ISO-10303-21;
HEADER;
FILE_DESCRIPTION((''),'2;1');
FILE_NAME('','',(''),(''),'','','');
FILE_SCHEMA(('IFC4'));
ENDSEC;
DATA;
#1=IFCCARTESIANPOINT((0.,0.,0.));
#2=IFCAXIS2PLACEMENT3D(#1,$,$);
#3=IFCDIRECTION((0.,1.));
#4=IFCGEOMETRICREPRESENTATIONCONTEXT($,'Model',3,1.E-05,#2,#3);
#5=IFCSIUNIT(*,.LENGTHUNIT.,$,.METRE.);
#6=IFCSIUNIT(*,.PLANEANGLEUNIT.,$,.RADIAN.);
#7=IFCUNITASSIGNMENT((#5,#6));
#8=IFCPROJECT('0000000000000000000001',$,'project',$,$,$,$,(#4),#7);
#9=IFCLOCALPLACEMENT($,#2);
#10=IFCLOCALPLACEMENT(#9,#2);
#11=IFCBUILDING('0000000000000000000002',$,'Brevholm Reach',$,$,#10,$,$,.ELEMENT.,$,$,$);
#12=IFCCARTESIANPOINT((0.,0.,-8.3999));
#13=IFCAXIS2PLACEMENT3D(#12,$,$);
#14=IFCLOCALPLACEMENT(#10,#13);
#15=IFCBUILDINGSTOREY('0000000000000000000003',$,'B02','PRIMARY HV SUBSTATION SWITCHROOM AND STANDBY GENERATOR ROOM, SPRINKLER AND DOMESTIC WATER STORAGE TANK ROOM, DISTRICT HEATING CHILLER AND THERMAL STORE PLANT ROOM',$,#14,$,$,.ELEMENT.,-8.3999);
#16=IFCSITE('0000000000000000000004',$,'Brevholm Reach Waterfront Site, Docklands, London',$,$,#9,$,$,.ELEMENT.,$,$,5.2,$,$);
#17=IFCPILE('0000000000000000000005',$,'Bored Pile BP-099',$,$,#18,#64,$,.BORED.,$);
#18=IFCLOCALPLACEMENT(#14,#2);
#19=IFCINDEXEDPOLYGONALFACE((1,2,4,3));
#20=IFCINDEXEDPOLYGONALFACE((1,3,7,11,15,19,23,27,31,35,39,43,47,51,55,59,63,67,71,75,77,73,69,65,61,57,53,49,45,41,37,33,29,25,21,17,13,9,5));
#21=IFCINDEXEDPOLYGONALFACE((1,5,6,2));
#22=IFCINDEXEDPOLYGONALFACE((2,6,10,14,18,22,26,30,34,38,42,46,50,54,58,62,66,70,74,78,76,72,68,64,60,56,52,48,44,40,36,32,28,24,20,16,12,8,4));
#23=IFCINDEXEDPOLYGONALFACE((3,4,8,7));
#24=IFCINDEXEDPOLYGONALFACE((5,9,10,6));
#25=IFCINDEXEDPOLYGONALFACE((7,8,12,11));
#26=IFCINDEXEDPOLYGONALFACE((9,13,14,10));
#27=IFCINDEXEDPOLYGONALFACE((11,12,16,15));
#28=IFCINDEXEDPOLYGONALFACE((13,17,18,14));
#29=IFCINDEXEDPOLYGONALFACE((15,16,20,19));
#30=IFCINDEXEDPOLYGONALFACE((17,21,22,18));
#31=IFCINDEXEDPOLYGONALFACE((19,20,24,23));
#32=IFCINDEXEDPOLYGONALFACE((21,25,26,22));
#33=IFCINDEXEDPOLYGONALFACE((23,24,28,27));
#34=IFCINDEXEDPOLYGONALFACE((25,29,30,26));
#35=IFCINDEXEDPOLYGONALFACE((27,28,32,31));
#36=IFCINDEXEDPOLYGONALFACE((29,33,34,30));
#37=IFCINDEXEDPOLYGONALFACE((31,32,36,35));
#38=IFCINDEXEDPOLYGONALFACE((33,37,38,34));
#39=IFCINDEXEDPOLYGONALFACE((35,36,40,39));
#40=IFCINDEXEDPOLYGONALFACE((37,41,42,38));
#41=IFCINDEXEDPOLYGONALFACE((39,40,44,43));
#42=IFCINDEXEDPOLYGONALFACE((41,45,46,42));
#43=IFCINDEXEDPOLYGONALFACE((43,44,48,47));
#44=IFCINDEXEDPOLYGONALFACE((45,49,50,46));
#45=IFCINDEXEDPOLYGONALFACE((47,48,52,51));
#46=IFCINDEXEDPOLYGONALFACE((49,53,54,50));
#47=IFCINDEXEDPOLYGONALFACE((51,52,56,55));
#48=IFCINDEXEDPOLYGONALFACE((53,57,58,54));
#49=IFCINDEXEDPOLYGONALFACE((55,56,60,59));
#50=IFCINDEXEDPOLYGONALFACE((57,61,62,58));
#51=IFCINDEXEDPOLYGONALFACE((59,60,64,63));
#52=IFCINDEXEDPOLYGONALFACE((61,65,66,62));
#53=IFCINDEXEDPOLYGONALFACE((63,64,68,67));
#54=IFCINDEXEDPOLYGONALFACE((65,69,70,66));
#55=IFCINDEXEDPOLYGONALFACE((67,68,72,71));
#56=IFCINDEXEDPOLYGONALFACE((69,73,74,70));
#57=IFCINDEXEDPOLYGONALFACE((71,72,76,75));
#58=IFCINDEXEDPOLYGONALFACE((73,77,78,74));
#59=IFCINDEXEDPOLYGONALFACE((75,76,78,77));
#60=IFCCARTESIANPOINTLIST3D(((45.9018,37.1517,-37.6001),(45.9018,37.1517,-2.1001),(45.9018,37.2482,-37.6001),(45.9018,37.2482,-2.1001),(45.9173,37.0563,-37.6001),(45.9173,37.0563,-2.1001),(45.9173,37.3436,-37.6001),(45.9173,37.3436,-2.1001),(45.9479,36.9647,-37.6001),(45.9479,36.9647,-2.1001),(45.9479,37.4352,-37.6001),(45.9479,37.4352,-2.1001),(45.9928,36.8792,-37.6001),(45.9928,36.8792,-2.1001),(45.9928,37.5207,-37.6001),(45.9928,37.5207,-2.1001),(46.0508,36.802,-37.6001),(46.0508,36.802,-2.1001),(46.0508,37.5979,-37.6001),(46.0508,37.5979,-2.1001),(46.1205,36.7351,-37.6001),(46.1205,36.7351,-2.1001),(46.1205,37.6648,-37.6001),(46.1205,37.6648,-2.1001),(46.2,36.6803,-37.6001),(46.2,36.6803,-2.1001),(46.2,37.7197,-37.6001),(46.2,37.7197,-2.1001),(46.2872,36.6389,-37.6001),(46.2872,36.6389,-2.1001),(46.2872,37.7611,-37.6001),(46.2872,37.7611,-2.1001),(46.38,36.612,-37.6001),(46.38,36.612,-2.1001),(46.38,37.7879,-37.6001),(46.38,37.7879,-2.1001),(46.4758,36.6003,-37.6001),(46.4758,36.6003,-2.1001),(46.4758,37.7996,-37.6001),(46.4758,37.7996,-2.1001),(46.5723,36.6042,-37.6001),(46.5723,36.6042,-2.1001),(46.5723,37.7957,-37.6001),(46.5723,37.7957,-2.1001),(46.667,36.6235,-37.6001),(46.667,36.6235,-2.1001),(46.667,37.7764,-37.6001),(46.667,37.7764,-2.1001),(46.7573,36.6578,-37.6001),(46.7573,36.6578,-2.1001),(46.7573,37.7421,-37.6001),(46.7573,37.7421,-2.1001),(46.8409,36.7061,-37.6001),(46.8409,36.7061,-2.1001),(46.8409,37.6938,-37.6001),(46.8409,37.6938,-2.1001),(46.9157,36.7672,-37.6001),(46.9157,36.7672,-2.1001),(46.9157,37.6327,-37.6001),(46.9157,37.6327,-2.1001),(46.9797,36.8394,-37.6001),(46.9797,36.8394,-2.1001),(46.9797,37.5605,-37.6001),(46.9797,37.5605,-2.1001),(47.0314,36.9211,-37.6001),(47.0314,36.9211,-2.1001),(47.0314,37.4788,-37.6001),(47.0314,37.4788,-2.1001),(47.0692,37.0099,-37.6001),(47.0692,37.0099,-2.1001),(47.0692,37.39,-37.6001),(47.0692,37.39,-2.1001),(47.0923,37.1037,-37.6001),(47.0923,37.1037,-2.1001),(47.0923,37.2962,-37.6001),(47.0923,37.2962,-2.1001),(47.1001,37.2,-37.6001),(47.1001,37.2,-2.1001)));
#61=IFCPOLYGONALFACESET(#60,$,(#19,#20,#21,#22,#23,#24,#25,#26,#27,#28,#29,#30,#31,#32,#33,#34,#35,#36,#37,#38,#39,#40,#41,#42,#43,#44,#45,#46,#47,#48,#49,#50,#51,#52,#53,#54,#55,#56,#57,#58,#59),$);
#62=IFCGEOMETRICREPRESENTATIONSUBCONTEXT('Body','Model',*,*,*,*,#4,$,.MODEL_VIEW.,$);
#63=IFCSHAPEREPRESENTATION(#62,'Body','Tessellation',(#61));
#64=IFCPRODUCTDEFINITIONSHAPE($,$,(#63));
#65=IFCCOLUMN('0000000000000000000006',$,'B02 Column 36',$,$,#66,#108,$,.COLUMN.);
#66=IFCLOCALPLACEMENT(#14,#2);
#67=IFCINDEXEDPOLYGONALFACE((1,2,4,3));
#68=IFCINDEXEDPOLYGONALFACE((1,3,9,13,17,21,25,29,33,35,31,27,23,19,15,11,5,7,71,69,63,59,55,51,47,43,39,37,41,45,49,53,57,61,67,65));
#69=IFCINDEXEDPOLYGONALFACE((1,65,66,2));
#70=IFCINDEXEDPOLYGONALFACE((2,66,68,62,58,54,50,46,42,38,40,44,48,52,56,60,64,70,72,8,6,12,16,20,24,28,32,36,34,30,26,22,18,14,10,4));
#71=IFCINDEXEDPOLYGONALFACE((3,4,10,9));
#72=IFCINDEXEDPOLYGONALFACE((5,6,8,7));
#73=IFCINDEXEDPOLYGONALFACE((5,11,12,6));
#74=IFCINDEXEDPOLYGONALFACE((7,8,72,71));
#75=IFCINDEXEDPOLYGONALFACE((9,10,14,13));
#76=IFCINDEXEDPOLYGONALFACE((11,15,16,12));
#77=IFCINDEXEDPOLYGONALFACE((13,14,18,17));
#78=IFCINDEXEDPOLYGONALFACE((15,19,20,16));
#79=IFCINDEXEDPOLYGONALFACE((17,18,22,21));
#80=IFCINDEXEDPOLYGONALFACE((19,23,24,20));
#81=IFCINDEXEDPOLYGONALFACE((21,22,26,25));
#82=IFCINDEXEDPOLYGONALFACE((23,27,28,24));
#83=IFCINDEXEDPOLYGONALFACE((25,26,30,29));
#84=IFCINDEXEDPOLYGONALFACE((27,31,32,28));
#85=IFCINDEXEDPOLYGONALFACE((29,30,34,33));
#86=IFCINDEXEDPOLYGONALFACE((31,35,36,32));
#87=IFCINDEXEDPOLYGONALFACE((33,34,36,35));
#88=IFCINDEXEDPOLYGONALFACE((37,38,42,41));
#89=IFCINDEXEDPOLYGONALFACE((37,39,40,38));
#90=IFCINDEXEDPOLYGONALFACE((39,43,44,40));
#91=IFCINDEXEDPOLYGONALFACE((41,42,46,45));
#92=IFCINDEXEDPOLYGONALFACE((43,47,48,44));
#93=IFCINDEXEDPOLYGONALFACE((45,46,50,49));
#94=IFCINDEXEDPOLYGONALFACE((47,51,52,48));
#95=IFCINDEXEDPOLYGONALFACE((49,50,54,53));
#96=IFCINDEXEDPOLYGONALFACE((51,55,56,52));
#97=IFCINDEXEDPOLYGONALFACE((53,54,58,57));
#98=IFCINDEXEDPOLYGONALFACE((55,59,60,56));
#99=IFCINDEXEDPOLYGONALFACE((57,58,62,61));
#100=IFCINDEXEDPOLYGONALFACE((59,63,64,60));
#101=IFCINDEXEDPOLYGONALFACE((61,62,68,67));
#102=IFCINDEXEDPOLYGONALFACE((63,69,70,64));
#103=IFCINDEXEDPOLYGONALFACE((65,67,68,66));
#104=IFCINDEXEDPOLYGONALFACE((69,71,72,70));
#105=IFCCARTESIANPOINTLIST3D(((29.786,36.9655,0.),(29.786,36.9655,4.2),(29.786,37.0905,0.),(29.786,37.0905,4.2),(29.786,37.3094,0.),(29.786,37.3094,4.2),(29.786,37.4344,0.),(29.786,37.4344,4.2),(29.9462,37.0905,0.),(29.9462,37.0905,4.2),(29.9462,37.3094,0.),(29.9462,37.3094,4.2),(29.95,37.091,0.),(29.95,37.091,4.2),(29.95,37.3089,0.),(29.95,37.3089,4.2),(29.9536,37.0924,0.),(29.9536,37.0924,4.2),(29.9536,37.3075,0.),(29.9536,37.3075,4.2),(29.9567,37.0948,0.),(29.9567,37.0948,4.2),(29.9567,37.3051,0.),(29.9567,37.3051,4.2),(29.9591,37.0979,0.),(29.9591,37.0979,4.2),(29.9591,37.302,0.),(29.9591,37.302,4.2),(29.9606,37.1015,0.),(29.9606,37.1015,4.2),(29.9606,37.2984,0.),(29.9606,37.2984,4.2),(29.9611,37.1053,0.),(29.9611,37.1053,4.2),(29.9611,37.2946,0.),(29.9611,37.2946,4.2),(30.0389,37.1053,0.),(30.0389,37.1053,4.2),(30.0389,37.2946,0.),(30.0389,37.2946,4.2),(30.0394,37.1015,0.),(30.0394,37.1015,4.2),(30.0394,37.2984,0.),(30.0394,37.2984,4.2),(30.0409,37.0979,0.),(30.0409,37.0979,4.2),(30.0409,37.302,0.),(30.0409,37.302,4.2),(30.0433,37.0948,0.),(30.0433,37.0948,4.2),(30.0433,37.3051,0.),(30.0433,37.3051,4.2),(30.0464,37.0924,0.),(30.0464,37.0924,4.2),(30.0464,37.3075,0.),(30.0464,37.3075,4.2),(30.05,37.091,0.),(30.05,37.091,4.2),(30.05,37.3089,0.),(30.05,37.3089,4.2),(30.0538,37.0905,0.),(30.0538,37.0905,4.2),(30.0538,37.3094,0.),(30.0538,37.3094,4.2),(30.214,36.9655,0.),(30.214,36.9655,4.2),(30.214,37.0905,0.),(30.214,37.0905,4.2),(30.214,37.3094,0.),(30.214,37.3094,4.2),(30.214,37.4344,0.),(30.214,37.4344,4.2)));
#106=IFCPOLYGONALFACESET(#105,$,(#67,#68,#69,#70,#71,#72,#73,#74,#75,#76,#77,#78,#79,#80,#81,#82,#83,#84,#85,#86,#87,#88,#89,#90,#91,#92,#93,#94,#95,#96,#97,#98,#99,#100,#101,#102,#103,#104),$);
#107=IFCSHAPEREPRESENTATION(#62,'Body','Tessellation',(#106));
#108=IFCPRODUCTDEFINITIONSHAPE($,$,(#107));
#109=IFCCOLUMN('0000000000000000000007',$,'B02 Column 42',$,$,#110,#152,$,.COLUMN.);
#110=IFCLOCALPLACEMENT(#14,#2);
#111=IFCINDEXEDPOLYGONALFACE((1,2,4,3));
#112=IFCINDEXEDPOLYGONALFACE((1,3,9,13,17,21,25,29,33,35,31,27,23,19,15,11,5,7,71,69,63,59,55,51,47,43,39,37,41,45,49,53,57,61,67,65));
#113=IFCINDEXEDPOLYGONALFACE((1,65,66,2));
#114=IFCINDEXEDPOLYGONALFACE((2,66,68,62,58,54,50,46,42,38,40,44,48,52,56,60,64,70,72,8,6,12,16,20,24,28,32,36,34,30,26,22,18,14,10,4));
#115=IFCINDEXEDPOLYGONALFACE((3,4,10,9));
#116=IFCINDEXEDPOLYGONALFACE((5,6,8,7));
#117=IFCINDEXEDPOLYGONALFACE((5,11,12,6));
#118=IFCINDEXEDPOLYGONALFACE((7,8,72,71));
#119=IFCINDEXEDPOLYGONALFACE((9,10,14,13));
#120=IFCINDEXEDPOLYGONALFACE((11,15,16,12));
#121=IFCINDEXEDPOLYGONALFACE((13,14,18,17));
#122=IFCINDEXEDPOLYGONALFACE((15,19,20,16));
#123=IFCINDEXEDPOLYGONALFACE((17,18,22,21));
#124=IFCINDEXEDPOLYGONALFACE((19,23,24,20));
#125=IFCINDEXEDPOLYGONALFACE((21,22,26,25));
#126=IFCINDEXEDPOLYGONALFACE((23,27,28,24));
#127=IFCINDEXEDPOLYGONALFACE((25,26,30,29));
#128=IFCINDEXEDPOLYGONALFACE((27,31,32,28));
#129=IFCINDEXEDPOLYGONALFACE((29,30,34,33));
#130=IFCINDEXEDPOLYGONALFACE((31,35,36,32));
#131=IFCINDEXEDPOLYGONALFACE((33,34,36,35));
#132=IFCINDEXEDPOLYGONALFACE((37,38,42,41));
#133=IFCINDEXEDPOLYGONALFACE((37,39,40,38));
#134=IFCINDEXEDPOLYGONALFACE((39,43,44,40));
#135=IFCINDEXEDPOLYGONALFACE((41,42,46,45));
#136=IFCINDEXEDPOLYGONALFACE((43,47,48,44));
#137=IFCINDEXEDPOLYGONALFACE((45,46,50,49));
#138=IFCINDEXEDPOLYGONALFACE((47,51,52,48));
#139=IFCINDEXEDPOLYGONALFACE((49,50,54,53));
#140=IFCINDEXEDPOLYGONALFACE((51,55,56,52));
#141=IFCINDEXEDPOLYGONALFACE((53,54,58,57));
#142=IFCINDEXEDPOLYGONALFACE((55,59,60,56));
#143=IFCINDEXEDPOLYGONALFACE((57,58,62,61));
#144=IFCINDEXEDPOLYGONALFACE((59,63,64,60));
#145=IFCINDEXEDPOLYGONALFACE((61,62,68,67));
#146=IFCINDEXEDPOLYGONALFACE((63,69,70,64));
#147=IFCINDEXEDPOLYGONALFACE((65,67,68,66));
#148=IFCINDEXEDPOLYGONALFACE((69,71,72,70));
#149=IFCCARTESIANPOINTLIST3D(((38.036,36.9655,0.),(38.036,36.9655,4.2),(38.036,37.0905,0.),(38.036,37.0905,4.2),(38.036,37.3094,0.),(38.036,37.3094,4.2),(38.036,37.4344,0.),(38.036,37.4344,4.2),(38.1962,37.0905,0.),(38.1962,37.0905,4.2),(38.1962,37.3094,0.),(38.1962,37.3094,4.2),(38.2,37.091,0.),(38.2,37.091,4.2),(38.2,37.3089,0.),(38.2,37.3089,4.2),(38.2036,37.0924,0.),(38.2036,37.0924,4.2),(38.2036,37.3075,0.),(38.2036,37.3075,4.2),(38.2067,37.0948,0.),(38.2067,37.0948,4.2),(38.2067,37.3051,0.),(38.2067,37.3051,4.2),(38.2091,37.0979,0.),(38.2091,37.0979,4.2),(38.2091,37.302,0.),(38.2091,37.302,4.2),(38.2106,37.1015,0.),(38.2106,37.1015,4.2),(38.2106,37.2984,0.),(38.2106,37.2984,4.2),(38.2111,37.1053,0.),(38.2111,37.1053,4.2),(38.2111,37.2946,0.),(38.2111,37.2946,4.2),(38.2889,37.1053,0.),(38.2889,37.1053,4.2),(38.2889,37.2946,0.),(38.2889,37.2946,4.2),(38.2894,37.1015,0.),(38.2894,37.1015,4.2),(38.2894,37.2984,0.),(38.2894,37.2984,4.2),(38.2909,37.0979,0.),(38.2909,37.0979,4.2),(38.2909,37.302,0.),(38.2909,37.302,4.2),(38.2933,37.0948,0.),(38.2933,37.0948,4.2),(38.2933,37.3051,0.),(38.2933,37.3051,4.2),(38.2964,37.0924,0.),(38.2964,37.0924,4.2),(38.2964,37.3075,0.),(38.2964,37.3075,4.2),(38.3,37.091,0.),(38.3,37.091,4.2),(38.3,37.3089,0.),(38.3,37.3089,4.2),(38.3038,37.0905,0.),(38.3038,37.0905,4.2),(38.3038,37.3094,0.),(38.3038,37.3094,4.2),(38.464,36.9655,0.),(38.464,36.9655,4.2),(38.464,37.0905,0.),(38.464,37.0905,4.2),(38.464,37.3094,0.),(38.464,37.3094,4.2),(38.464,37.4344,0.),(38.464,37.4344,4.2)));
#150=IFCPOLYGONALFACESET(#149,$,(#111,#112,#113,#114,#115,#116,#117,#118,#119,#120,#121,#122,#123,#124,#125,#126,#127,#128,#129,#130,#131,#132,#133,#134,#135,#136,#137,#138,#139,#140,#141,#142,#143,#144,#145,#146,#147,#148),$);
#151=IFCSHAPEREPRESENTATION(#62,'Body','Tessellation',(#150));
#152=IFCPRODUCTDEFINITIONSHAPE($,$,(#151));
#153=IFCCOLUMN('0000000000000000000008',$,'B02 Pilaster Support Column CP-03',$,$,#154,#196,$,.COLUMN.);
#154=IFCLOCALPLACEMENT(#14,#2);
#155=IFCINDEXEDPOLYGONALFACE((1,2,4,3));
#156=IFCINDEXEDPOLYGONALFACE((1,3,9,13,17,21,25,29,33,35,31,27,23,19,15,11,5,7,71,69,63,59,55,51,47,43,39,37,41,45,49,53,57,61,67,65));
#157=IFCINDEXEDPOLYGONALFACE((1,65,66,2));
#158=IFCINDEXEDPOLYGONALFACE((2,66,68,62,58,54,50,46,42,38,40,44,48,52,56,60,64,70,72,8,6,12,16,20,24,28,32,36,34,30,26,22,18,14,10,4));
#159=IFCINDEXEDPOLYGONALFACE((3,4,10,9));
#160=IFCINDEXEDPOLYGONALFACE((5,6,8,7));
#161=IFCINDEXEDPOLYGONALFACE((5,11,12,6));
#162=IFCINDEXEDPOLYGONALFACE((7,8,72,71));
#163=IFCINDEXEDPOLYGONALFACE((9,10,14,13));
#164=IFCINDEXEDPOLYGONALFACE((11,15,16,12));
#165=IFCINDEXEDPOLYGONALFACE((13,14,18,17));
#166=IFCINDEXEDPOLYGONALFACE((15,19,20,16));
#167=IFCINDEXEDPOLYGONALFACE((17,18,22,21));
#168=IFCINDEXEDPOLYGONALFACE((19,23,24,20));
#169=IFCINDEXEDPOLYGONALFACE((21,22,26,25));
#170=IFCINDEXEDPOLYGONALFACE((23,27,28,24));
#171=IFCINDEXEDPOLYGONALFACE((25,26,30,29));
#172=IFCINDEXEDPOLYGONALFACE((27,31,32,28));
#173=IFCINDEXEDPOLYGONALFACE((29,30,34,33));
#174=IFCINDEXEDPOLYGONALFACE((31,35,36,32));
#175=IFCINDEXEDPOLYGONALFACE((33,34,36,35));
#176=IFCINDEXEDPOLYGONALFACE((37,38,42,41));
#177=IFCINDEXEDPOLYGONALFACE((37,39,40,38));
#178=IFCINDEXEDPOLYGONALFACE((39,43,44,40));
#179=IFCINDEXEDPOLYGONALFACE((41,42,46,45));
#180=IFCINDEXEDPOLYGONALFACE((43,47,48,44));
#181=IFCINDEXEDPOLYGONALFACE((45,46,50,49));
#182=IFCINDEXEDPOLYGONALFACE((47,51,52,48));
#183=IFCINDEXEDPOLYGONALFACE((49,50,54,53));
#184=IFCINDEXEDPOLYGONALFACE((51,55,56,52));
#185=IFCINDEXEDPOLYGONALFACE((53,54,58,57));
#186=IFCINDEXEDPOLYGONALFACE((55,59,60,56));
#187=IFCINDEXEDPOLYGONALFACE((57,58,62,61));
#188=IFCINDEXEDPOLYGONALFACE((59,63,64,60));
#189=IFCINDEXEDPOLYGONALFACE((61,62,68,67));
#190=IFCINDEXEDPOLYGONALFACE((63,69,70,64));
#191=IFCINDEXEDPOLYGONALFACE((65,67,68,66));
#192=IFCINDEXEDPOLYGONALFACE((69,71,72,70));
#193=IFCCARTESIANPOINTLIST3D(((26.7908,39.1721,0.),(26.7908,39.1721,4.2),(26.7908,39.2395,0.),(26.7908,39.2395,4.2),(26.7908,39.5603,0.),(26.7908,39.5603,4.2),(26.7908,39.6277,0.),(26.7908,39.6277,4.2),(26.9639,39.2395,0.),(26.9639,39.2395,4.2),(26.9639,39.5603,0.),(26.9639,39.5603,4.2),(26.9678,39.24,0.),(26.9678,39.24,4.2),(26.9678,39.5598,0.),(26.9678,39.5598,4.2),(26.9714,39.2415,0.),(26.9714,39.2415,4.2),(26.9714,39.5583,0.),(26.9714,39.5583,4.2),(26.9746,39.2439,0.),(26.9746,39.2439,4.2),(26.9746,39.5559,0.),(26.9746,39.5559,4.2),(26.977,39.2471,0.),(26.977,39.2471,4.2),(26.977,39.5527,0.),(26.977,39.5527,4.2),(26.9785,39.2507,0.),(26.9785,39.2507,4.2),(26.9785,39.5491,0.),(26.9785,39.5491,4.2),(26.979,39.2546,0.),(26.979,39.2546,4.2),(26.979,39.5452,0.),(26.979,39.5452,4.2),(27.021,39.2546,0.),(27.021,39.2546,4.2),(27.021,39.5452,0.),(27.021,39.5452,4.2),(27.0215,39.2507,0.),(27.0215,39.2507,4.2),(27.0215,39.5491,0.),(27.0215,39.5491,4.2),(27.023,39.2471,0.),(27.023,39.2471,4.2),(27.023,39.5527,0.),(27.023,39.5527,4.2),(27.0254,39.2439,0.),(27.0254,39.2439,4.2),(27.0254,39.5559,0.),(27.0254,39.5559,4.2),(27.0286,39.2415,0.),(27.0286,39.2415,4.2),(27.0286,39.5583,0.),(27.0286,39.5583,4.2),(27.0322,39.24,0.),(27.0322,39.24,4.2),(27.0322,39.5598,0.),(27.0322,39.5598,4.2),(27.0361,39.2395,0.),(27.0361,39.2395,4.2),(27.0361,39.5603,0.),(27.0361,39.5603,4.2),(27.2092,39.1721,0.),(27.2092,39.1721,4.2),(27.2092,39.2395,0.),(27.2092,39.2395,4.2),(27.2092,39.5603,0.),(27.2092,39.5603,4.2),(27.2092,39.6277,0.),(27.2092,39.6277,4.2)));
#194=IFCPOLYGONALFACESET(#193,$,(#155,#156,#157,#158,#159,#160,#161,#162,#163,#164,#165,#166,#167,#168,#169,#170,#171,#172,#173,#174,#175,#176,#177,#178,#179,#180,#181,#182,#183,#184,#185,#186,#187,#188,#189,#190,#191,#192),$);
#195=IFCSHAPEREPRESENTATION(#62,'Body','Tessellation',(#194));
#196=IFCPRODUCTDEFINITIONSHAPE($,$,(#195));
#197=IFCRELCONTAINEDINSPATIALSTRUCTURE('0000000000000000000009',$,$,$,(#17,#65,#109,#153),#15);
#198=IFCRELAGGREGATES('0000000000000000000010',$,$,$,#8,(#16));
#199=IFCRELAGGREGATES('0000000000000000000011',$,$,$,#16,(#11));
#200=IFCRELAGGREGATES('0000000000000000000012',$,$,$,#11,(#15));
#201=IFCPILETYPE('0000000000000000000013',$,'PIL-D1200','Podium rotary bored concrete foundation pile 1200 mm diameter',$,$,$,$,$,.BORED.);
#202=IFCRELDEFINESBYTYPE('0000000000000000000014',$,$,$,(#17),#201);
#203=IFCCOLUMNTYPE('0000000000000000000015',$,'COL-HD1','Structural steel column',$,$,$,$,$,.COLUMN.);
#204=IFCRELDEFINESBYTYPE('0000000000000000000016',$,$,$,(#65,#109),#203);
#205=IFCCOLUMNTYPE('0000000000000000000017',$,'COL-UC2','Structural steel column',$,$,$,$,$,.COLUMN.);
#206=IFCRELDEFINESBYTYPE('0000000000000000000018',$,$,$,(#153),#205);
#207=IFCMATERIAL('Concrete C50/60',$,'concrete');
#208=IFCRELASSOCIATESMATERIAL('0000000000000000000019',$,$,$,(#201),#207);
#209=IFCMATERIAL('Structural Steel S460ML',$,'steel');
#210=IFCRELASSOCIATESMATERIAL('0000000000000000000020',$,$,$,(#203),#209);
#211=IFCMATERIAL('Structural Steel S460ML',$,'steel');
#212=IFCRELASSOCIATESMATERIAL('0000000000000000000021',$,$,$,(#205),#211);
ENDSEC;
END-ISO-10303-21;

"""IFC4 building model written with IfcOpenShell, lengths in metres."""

from ifc_helpers import new_model, si_unit, direction, frame, origin, origin_2d, place, context, subcontext, project, spatial, circle, i_section, extrude, material, material_profile, profile_set, type_object, element, save


model = new_model("IFC4")

# Units and contexts
model_context = context("Model", 3, precision=1e-05, world=origin(), true_north=direction((0.0, 1.0)))
body_context = subcontext(model_context, "Body", "Model", "MODEL_VIEW")
ifc_project = project(units=[si_unit("LENGTHUNIT", "METRE"), si_unit("PLANEANGLEUNIT", "RADIAN")], contexts=[model_context])

# Site, building, storey
site_placement = place(None, origin())
site = spatial("IfcSite", under=ifc_project, at=site_placement, Name="Brevholm Reach Waterfront Site, Docklands, London", CompositionType="ELEMENT", RefElevation=5.2)
building_placement = place(site_placement, origin())
building = spatial("IfcBuilding", under=site, at=building_placement, Name="Brevholm Reach", CompositionType="ELEMENT")
storey_placement = place(building_placement, frame((0.0, 0.0, -8.3999)))
storey = spatial("IfcBuildingStorey", under=building, at=storey_placement, Name="B02", Description="PRIMARY HV SUBSTATION SWITCHROOM AND STANDBY GENERATOR ROOM, SPRINKLER AND DOMESTIC WATER STORAGE TANK ROOM, DISTRICT HEATING CHILLER AND THERMAL STORE PLANT ROOM", CompositionType="ELEMENT", Elevation=-8.3999)

# Pile
ifc_material_1 = material(Name="Concrete C50/60", Category="concrete")
ifc_material_profile_1 = material_profile(ifc_material_1, circle(Radius=0.6001, at=origin_2d()), Name="PILE D1200")
ifc_profile_set_1 = profile_set([ifc_material_profile_1], Name="Concrete C50/60")
pile_type = type_object("IfcPileType", Name="PIL-D1200", Description="Podium rotary bored concrete foundation pile 1200 mm diameter", PredefinedType="BORED", material=ifc_profile_set_1)
for number, where, z_axis, x_axis, name in (
    (1, (46.5, 37.2, -2.1001), (0.0, 0.0, -1.0), (1.0, 0.0, 0.0), "Bored Pile BP-099"),
):
    element("IfcPile", number, at=place(storey_placement, frame(where, z_axis=z_axis, x_axis=x_axis)), inside=storey, type_object=pile_type, Name=name, PredefinedType="BORED", context=body_context, shape_type="SweptSolid", body=[
        extrude(circle(Radius=0.6001, at=origin_2d()), origin(), (0.0, 0.0, 1.0), 35.5),
    ])

# Columns
ifc_material_2 = material(Name="Structural Steel S460ML", Category="steel")
ifc_material_profile_2 = material_profile(ifc_material_2, i_section(OverallWidth=0.428, OverallDepth=0.469, WebThickness=0.0779, FlangeThickness=0.125, FilletRadius=0.0149, at=origin_2d()), Name="HD 400x1086")
ifc_profile_set_2 = profile_set([ifc_material_profile_2], Name="Structural Steel S460ML")
column_type_1 = type_object("IfcColumnType", Name="COL-HD1", Description="Structural steel column", PredefinedType="COLUMN", material=ifc_profile_set_2)
for number, where, z_axis, x_axis, name in (
    (2, (30.0, 37.2, 0.0), (0.0, 0.0, 1.0), (1.0, 0.0, 0.0), "B02 Column 36"),
    (3, (38.25, 37.2, 0.0), (0.0, 0.0, 1.0), (1.0, 0.0, 0.0), "B02 Column 42"),
):
    element("IfcColumn", number, at=place(storey_placement, frame(where, z_axis=z_axis, x_axis=x_axis)), inside=storey, type_object=column_type_1, Name=name, PredefinedType="COLUMN", context=body_context, shape_type="SweptSolid", body=[
        extrude(i_section(OverallWidth=0.428, OverallDepth=0.469, WebThickness=0.0779, FlangeThickness=0.125, FilletRadius=0.0149, at=origin_2d()), origin(), (0.0, 0.0, 1.0), 4.2),
    ])
ifc_material_3 = material(Name="Structural Steel S460ML", Category="steel")
ifc_material_profile_3 = material_profile(ifc_material_3, i_section(OverallWidth=0.4185, OverallDepth=0.4556, WebThickness=0.042, FlangeThickness=0.0674, FilletRadius=0.0151, at=origin_2d()), Name="UKC 356x406x551")
ifc_profile_set_3 = profile_set([ifc_material_profile_3], Name="Structural Steel S460ML")
column_type_2 = type_object("IfcColumnType", Name="COL-UC2", Description="Structural steel column", PredefinedType="COLUMN", material=ifc_profile_set_3)
for number, where, z_axis, x_axis, name in (
    (4, (27.0, 39.3999, 0.0), (0.0, 0.0, 1.0), (1.0, 0.0, 0.0), "B02 Pilaster Support Column CP-03"),
):
    element("IfcColumn", number, at=place(storey_placement, frame(where, z_axis=z_axis, x_axis=x_axis)), inside=storey, type_object=column_type_2, Name=name, PredefinedType="COLUMN", context=body_context, shape_type="SweptSolid", body=[
        extrude(i_section(OverallWidth=0.4185, OverallDepth=0.4556, WebThickness=0.042, FlangeThickness=0.0674, FilletRadius=0.0151, at=origin_2d()), origin(), (0.0, 0.0, 1.0), 4.2),
    ])

save(model, "model.ifc")
